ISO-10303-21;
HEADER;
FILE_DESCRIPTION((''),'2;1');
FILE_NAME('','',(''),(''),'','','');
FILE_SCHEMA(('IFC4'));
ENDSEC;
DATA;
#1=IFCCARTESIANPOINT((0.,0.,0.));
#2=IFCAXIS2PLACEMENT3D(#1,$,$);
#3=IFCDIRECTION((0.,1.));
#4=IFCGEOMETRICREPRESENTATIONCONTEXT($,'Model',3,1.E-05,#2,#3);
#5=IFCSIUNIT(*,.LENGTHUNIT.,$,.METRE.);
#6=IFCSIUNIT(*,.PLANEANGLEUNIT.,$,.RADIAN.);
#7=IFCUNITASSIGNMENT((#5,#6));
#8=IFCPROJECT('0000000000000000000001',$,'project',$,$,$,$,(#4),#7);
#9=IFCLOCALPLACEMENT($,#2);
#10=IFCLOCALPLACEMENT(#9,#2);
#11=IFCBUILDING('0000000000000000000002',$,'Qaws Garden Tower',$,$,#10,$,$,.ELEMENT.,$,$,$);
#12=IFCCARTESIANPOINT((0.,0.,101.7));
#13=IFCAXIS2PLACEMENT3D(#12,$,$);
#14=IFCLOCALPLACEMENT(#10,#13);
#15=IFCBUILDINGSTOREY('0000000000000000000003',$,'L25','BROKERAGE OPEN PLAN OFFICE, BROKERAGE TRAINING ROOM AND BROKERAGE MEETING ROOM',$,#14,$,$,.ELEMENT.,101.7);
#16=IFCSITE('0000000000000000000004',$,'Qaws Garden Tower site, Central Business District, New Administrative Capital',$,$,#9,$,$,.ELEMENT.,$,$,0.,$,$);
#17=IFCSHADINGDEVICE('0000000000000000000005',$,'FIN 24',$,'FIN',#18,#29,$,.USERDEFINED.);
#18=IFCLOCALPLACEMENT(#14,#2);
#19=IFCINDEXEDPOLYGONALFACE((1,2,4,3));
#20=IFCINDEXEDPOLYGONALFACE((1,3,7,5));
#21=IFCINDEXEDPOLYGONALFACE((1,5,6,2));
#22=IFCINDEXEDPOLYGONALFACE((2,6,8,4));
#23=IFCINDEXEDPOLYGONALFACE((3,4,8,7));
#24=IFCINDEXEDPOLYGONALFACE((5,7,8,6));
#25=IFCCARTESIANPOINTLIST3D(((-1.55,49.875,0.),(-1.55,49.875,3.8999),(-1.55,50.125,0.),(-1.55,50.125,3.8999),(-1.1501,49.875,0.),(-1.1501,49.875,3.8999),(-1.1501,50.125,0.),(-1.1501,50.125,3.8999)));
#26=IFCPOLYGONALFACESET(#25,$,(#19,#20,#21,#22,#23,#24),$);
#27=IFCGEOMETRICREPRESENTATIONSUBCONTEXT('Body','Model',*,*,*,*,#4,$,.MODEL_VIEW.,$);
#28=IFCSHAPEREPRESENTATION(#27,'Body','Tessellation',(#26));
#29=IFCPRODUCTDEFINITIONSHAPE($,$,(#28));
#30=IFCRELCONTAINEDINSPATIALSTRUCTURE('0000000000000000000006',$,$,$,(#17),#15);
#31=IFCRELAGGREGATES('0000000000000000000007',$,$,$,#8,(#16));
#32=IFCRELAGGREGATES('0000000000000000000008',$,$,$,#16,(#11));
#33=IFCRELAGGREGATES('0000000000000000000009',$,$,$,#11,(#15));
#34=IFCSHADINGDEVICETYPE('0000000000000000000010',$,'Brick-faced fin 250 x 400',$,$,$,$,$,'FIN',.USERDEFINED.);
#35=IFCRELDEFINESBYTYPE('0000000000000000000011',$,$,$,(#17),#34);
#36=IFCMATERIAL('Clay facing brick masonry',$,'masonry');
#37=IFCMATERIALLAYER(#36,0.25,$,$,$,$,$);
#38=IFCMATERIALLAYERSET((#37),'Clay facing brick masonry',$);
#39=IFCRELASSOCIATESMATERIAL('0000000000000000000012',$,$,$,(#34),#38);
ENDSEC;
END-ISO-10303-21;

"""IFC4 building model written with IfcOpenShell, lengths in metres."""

from ifc_helpers import new_model, si_unit, direction, frame, origin, origin_2d, place, context, subcontext, project, spatial, rectangle, extrude, material, layer, layer_set, type_object, element, save


model = new_model("IFC4")

# Units and contexts
model_context = context("Model", 3, precision=1e-05, world=origin(), true_north=direction((0.0, 1.0)))
body_context = subcontext(model_context, "Body", "Model", "MODEL_VIEW")
ifc_project = project(units=[si_unit("LENGTHUNIT", "METRE"), si_unit("PLANEANGLEUNIT", "RADIAN")], contexts=[model_context])

# Site, building, storey
site_placement = place(None, origin())
site = spatial("IfcSite", under=ifc_project, at=site_placement, Name="Qaws Garden Tower site, Central Business District, New Administrative Capital", CompositionType="ELEMENT", RefElevation=0.0)
building_placement = place(site_placement, origin())
building = spatial("IfcBuilding", under=site, at=building_placement, Name="Qaws Garden Tower", CompositionType="ELEMENT")
storey_placement = place(building_placement, frame((0.0, 0.0, 101.7)))
storey = spatial("IfcBuildingStorey", under=building, at=storey_placement, Name="L25", Description="BROKERAGE OPEN PLAN OFFICE, BROKERAGE TRAINING ROOM AND BROKERAGE MEETING ROOM", CompositionType="ELEMENT", Elevation=101.7)

# Shading device
ifc_material_1 = material(Name="Clay facing brick masonry", Category="masonry")
ifc_layer_1 = layer(ifc_material_1, 0.25)
ifc_layer_set_1 = layer_set([ifc_layer_1], Name="Clay facing brick masonry")
shading_device_type = type_object("IfcShadingDeviceType", Name="Brick-faced fin 250 x 400", ElementType="FIN", PredefinedType="USERDEFINED", material=ifc_layer_set_1)
shading_device_placement = place(storey_placement, frame((-1.3501, 50.0, 0.0), z_axis=(0.0, 0.0, 1.0), x_axis=(0.0, -1.0, 0.0)))
element("IfcShadingDevice", 1, at=shading_device_placement, inside=storey, type_object=shading_device_type, Name="FIN 24", ObjectType="FIN", PredefinedType="USERDEFINED", context=body_context, shape_type="SweptSolid", body=[
    extrude(rectangle(XDim=0.25, YDim=0.3999, at=origin_2d()), origin(), (0.0, 0.0, 1.0), 3.8999),
])

save(model, "model.ifc")
